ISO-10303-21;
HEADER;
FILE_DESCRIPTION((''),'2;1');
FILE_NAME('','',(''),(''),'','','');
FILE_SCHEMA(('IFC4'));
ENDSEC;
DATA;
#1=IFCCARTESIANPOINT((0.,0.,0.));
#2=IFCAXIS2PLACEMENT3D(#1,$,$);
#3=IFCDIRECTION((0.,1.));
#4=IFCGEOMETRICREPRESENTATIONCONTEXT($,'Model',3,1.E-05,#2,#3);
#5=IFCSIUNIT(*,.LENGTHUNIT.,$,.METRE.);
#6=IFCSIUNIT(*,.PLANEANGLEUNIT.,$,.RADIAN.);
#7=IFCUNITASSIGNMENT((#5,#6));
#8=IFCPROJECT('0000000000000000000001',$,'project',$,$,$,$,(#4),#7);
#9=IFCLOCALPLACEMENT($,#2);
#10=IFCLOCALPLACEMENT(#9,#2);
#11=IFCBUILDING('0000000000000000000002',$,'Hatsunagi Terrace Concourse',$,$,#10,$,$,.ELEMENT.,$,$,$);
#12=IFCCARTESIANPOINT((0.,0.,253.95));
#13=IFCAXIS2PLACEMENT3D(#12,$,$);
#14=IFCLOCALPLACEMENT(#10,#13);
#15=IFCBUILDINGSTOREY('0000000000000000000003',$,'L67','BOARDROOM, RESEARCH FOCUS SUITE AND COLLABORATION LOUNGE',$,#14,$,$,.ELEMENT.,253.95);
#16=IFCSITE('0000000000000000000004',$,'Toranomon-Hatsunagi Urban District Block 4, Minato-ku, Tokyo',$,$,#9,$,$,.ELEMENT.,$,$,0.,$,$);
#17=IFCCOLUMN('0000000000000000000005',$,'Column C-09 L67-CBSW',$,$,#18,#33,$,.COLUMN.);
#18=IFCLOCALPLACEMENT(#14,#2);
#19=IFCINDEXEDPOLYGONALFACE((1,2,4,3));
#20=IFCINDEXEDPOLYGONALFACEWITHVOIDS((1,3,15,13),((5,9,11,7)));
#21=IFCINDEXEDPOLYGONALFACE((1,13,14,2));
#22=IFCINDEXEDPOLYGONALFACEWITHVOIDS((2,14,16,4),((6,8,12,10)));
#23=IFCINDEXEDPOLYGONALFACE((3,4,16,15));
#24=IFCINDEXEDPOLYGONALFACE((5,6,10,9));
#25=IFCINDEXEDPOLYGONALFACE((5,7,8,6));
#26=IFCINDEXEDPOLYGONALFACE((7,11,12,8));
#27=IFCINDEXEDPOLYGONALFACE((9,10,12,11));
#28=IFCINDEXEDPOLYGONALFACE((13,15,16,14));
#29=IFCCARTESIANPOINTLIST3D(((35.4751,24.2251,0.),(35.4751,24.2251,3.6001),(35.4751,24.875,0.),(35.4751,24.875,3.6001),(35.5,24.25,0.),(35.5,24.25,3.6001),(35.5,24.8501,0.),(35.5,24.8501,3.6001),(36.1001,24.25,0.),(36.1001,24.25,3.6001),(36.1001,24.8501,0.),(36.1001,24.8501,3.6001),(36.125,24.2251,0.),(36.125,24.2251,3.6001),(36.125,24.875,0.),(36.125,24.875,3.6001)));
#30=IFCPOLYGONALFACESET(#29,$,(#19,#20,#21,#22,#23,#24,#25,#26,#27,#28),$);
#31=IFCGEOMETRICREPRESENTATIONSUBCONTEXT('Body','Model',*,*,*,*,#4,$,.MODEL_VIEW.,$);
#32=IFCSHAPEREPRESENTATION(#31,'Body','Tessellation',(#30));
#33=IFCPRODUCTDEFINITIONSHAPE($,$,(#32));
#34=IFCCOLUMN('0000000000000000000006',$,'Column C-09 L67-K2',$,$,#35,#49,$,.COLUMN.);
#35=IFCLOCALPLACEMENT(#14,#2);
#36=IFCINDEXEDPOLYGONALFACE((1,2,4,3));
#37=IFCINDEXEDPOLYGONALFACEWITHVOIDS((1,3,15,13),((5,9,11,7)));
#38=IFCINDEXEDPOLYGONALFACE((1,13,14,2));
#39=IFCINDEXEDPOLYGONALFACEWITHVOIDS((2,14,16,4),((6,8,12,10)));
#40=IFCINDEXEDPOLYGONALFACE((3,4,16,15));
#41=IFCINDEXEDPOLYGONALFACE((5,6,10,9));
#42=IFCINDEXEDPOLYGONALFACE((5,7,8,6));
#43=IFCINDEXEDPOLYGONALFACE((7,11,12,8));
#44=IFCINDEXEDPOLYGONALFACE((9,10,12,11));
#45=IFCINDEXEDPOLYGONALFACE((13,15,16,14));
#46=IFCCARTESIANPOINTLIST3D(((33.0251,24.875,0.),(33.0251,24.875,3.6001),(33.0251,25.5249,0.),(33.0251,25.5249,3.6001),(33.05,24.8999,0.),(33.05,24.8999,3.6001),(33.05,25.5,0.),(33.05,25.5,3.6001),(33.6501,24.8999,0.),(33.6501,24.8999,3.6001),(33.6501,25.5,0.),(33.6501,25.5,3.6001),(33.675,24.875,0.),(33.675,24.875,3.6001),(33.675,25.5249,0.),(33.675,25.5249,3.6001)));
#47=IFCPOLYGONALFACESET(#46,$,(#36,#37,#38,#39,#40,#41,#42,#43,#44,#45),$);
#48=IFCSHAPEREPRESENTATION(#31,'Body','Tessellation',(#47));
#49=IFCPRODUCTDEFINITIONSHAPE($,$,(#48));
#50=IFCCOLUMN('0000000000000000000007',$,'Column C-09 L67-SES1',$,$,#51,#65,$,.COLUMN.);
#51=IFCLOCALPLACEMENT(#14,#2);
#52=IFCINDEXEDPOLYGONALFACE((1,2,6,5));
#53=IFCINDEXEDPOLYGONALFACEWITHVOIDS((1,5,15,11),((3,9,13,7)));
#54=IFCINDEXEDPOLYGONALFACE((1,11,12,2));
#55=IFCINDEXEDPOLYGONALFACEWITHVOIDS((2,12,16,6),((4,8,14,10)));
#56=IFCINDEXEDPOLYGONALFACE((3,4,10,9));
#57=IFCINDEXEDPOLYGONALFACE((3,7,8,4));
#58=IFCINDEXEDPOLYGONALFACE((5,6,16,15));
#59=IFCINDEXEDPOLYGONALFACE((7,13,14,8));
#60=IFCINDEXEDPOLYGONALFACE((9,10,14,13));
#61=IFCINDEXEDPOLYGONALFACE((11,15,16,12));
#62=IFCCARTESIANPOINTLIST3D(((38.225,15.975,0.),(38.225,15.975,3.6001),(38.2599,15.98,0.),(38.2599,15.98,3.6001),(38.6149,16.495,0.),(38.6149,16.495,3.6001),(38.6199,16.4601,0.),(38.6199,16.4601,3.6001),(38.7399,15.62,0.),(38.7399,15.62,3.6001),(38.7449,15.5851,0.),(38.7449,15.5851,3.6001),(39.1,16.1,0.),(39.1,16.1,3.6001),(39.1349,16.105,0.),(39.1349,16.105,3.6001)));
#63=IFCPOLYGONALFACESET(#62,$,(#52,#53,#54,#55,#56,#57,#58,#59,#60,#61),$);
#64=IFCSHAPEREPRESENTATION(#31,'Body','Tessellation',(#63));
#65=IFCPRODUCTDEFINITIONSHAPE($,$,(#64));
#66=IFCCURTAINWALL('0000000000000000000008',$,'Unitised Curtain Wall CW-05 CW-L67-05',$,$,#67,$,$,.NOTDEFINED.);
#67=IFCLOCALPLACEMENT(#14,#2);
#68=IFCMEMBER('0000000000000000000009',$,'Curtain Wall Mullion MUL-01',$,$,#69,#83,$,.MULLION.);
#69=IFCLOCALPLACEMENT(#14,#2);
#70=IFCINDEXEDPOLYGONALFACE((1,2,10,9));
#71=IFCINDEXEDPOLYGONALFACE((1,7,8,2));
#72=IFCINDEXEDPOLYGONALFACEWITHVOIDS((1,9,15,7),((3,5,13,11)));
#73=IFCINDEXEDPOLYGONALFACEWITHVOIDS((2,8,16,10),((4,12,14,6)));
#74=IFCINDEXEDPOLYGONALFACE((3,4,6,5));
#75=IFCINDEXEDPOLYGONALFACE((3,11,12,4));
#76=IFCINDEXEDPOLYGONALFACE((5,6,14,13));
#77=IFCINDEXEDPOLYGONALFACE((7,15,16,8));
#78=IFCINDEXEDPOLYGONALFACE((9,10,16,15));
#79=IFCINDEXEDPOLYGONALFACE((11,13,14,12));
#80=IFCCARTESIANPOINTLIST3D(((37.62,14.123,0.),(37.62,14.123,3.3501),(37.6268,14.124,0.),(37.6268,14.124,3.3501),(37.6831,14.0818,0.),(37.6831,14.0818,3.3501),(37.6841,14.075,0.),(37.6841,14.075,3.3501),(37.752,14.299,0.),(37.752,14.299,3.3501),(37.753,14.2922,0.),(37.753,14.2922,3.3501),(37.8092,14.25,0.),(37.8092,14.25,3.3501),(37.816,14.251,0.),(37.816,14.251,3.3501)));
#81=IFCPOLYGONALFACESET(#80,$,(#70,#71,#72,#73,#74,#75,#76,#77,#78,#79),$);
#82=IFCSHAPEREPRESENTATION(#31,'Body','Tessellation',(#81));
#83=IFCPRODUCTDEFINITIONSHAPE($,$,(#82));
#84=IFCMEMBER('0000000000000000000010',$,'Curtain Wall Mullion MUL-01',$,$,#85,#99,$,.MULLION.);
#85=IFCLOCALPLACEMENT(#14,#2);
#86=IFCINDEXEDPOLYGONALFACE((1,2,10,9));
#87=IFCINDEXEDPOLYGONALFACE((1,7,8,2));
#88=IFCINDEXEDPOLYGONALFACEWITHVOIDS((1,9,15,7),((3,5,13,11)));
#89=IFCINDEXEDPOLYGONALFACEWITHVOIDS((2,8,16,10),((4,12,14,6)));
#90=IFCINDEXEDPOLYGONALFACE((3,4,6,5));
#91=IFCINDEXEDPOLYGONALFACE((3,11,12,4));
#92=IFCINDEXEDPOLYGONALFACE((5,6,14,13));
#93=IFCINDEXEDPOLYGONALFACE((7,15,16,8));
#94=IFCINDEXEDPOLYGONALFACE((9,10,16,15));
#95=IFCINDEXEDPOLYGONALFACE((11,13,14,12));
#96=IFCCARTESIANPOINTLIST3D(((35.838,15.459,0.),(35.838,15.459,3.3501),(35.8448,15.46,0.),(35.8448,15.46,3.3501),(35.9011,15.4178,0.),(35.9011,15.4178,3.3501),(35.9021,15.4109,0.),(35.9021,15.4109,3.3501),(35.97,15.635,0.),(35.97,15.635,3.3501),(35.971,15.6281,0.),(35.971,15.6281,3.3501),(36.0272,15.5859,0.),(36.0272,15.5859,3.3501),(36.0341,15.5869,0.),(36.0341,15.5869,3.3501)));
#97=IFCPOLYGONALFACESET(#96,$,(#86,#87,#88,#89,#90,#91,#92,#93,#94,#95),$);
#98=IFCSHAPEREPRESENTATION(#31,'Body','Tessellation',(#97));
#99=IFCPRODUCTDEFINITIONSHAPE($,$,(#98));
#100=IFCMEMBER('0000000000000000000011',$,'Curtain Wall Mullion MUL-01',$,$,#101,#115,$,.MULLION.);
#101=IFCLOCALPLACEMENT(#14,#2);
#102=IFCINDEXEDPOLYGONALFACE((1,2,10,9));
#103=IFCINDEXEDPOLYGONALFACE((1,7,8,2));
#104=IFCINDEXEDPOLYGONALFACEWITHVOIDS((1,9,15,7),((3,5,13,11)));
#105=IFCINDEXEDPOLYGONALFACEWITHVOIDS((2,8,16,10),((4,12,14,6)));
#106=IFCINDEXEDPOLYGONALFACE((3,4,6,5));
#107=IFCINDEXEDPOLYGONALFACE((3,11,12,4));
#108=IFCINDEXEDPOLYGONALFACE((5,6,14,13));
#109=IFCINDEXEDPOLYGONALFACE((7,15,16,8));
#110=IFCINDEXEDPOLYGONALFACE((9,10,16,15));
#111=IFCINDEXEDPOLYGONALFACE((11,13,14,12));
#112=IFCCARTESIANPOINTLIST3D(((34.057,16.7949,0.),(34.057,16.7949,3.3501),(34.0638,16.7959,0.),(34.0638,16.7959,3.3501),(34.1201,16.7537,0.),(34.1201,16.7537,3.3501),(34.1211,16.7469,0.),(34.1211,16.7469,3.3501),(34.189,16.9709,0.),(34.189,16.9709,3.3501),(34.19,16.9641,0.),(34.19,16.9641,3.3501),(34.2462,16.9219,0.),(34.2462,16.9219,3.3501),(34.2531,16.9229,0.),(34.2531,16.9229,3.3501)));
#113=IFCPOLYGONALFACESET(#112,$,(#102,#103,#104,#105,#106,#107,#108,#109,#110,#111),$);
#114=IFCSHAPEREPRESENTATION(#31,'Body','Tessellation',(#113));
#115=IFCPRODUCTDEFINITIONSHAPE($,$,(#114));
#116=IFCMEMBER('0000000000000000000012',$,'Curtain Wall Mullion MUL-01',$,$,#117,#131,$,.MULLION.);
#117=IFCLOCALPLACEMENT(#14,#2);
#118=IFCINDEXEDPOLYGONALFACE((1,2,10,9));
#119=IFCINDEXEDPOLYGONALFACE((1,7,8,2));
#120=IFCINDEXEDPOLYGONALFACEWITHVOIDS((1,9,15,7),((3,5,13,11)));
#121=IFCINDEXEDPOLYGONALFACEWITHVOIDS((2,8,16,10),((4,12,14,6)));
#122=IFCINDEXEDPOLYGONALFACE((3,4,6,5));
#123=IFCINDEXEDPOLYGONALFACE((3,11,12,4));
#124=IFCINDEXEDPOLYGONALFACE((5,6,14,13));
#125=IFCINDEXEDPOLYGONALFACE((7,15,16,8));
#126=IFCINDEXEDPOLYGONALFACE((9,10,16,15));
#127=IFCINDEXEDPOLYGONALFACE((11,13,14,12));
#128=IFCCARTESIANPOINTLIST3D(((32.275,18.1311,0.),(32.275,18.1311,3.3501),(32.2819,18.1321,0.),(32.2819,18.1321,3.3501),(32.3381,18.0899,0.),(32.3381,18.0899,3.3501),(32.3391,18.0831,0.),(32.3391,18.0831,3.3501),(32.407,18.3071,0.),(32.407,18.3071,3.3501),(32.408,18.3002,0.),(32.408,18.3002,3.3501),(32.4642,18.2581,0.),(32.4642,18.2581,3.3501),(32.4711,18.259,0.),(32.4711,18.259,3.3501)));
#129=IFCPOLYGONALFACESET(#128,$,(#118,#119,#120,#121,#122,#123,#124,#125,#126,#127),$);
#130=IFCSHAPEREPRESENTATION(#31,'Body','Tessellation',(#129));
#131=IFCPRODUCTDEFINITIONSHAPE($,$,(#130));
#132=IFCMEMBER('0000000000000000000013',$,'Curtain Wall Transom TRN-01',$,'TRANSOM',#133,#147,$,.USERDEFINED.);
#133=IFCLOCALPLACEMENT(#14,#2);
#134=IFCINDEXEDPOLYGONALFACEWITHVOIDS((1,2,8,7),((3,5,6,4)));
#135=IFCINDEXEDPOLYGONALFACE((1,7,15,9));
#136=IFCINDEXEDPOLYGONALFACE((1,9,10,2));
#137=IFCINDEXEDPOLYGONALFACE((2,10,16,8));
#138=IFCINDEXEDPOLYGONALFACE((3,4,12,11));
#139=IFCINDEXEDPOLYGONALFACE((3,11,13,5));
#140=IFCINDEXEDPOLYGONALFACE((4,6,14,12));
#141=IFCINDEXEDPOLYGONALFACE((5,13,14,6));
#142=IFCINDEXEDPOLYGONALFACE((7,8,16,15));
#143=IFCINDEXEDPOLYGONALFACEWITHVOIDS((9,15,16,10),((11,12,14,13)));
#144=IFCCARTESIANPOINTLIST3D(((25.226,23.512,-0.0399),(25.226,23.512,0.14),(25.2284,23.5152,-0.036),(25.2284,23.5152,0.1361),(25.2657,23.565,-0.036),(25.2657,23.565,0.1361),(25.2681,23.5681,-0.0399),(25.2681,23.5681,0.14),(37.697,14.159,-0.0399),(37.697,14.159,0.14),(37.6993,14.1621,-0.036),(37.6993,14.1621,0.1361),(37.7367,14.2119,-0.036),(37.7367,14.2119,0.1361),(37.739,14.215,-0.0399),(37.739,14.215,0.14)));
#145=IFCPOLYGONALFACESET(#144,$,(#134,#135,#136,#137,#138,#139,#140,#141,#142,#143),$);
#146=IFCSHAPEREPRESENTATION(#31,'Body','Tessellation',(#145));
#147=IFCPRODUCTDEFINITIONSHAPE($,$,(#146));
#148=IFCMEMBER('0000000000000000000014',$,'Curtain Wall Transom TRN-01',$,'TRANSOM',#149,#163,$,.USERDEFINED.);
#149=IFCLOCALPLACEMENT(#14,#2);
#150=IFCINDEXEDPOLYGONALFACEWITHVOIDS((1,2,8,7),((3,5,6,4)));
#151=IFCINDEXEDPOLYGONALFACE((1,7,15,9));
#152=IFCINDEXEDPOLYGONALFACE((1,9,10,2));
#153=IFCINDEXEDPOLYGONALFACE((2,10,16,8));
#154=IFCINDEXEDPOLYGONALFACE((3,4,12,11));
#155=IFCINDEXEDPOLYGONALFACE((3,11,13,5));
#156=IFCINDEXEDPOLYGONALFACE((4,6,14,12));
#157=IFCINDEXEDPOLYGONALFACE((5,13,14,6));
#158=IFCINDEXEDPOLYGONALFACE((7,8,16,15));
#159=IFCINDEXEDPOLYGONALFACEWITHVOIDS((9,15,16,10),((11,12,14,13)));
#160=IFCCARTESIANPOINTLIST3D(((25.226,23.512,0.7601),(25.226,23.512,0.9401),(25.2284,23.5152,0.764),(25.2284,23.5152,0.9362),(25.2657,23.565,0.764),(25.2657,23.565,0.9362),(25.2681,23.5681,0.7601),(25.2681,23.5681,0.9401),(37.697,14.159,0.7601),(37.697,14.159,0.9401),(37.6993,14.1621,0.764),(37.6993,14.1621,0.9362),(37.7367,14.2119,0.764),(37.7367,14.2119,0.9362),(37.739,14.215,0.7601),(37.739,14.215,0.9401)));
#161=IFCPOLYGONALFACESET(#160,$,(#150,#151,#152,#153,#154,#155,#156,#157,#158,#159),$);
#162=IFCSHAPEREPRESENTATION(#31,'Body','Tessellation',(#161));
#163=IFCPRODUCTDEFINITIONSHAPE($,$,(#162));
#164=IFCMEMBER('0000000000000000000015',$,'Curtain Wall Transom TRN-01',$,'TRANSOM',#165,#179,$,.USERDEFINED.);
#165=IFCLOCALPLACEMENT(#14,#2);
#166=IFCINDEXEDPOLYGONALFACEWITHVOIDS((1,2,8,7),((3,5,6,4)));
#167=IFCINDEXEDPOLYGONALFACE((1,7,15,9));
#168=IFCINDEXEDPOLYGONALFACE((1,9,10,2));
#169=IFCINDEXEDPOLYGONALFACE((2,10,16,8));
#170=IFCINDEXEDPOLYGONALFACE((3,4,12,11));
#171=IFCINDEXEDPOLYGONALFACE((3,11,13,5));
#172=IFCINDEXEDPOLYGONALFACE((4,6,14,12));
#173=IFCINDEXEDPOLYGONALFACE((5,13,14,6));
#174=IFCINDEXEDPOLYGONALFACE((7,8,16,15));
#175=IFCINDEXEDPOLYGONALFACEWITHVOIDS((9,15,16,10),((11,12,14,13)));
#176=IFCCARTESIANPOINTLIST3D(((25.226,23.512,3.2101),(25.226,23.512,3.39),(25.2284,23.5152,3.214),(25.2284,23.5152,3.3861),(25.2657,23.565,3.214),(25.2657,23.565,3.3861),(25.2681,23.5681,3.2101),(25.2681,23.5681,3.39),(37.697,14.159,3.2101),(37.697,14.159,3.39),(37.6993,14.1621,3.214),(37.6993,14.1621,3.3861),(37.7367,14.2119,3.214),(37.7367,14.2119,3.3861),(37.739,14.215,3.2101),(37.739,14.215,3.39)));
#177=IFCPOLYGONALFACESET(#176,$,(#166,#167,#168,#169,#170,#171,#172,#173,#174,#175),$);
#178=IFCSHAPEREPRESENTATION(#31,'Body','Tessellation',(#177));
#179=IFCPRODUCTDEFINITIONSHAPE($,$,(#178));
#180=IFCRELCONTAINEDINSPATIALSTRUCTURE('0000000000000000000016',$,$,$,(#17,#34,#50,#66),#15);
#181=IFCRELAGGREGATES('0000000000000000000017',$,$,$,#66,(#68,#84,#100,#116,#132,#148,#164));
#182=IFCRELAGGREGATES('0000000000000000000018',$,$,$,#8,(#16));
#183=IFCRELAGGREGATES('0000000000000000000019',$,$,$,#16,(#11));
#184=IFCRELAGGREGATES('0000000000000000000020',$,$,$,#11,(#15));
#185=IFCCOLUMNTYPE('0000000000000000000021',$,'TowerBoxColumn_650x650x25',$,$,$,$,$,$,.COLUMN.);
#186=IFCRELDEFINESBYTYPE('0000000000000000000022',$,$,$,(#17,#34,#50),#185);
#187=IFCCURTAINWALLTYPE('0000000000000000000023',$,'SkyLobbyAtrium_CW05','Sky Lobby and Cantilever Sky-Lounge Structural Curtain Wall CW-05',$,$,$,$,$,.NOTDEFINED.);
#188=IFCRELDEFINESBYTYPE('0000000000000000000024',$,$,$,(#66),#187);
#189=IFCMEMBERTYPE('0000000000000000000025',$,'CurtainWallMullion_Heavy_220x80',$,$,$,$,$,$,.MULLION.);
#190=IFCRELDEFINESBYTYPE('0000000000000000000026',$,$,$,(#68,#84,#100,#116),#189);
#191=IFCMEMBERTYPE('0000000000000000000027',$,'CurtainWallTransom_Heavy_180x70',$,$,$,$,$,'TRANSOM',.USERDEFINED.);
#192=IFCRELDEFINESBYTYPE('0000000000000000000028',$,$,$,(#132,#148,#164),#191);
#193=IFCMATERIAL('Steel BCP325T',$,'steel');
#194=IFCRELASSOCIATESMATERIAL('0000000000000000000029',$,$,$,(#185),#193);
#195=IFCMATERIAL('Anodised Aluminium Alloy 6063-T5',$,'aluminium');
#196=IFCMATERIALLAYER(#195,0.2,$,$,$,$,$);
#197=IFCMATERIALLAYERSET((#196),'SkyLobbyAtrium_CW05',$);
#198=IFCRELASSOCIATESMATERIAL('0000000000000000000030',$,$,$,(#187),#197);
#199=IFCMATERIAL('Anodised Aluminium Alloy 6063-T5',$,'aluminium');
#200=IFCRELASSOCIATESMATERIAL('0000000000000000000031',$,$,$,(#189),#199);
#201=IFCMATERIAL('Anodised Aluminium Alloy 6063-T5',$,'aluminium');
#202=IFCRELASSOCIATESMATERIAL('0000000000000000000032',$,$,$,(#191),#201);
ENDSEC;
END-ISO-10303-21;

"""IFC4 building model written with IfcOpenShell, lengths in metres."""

from ifc_helpers import new_model, si_unit, direction, frame, origin, origin_2d, place, context, subcontext, project, spatial, hollow_rectangle, extrude, material, layer, layer_set, material_profile, profile_set, type_object, element, aggregate, save


model = new_model("IFC4")

# Units and contexts
model_context = context("Model", 3, precision=1e-05, world=origin(), true_north=direction((0.0, 1.0)))
body_context = subcontext(model_context, "Body", "Model", "MODEL_VIEW")
ifc_project = project(units=[si_unit("LENGTHUNIT", "METRE"), si_unit("PLANEANGLEUNIT", "RADIAN")], contexts=[model_context])

# Site, building, storey
site_placement = place(None, origin())
site = spatial("IfcSite", under=ifc_project, at=site_placement, Name="Toranomon-Hatsunagi Urban District Block 4, Minato-ku, Tokyo", CompositionType="ELEMENT", RefElevation=0.0)
building_placement = place(site_placement, origin())
building = spatial("IfcBuilding", under=site, at=building_placement, Name="Hatsunagi Terrace Concourse", CompositionType="ELEMENT")
storey_placement = place(building_placement, frame((0.0, 0.0, 253.95)))
storey = spatial("IfcBuildingStorey", under=building, at=storey_placement, Name="L67", Description="BOARDROOM, RESEARCH FOCUS SUITE AND COLLABORATION LOUNGE", CompositionType="ELEMENT", Elevation=253.95)

# Columns
ifc_material_1 = material(Name="Steel BCP325T", Category="steel")
ifc_material_profile_1 = material_profile(ifc_material_1, hollow_rectangle(XDim=0.6499, YDim=0.6499, WallThickness=0.0249, at=origin_2d()), Name="BCP-650x650x25")
ifc_profile_set_1 = profile_set([ifc_material_profile_1], Name="Steel BCP325T")
column_type = type_object("IfcColumnType", Name="TowerBoxColumn_650x650x25", PredefinedType="COLUMN", material=ifc_profile_set_1)
for number, where, z_axis, x_axis, name in (
    (1, (35.8, 24.55, 0.0), (0.0, 0.0, 1.0), (1.0, 0.0, 0.0), "Column C-09 L67-CBSW"),
    (2, (33.3501, 25.2, 0.0), (0.0, 0.0, 1.0), (1.0, 0.0, 0.0), "Column C-09 L67-K2"),
    (3, (38.6799, 16.04, 0.0), (0.0, 0.0, 1.0), (0.8, -0.6, 0.0), "Column C-09 L67-SES1"),
):
    element("IfcColumn", number, at=place(storey_placement, frame(where, z_axis=z_axis, x_axis=x_axis)), inside=storey, type_object=column_type, Name=name, PredefinedType="COLUMN", context=body_context, shape_type="SweptSolid", body=[
        extrude(hollow_rectangle(XDim=0.6499, YDim=0.6499, WallThickness=0.0249, at=origin_2d()), origin(), (0.0, 0.0, 1.0), 3.6001),
    ])

# Curtain wall, members
ifc_material_2 = material(Name="Anodised Aluminium Alloy 6063-T5", Category="aluminium")
ifc_layer_1 = layer(ifc_material_2, 0.2)
ifc_layer_set_1 = layer_set([ifc_layer_1], Name="SkyLobbyAtrium_CW05")
curtain_wall_type = type_object("IfcCurtainWallType", Name="SkyLobbyAtrium_CW05", Description="Sky Lobby and Cantilever Sky-Lounge Structural Curtain Wall CW-05", PredefinedType="NOTDEFINED", material=ifc_layer_set_1)
curtain_wall_placement = place(storey_placement, origin())
curtain_wall = element("IfcCurtainWall", 4, at=curtain_wall_placement, inside=storey, type_object=curtain_wall_type, Name="Unitised Curtain Wall CW-05 CW-L67-05", PredefinedType="NOTDEFINED")
ifc_material_3 = material(Name="Anodised Aluminium Alloy 6063-T5", Category="aluminium")
ifc_material_profile_2 = material_profile(ifc_material_3, hollow_rectangle(XDim=0.0801, YDim=0.22, WallThickness=0.0049, at=origin_2d()), Name="ALU-MUL-220x80x5")
ifc_profile_set_2 = profile_set([ifc_material_profile_2], Name="Anodised Aluminium Alloy 6063-T5")
member_type_1 = type_object("IfcMemberType", Name="CurtainWallMullion_Heavy_220x80", PredefinedType="MULLION", material=ifc_profile_set_2)
member_1_placement = place(storey_placement, frame((37.718, 14.187, 0.0), z_axis=(0.0, 0.0, 1.0), x_axis=(-0.800007, 0.59999, 0.0)))
member_1 = element("IfcMember", 5, at=member_1_placement, type_object=member_type_1, Name="Curtain Wall Mullion MUL-01", PredefinedType="MULLION", context=body_context, shape_type="SweptSolid", body=[
    extrude(hollow_rectangle(XDim=0.0801, YDim=0.22, WallThickness=0.0049, at=origin_2d()), origin(), (0.0, 0.0, 1.0), 3.3501),
])
member_2_placement = place(storey_placement, frame((35.936, 15.5229, 0.0), z_axis=(0.0, 0.0, 1.0), x_axis=(-0.800007, 0.59999, 0.0)))
member_2 = element("IfcMember", 6, at=member_2_placement, type_object=member_type_1, Name="Curtain Wall Mullion MUL-01", PredefinedType="MULLION", context=body_context, shape_type="SweptSolid", body=[
    extrude(hollow_rectangle(XDim=0.0801, YDim=0.22, WallThickness=0.0049, at=origin_2d()), origin(), (0.0, 0.0, 1.0), 3.3501),
])
member_3_placement = place(storey_placement, frame((34.155, 16.8589, 0.0), z_axis=(0.0, 0.0, 1.0), x_axis=(-0.800007, 0.59999, 0.0)))
member_3 = element("IfcMember", 7, at=member_3_placement, type_object=member_type_1, Name="Curtain Wall Mullion MUL-01", PredefinedType="MULLION", context=body_context, shape_type="SweptSolid", body=[
    extrude(hollow_rectangle(XDim=0.0801, YDim=0.22, WallThickness=0.0049, at=origin_2d()), origin(), (0.0, 0.0, 1.0), 3.3501),
])
member_4_placement = place(storey_placement, frame((32.373, 18.1951, 0.0), z_axis=(0.0, 0.0, 1.0), x_axis=(-0.800007, 0.59999, 0.0)))
member_4 = element("IfcMember", 8, at=member_4_placement, type_object=member_type_1, Name="Curtain Wall Mullion MUL-01", PredefinedType="MULLION", context=body_context, shape_type="SweptSolid", body=[
    extrude(hollow_rectangle(XDim=0.0801, YDim=0.22, WallThickness=0.0049, at=origin_2d()), origin(), (0.0, 0.0, 1.0), 3.3501),
])
ifc_material_4 = material(Name="Anodised Aluminium Alloy 6063-T5", Category="aluminium")
ifc_material_profile_3 = material_profile(ifc_material_4, hollow_rectangle(XDim=0.0701, YDim=0.1799, WallThickness=0.0039, at=origin_2d()), Name="ALU-TRN-180x70x4")
ifc_profile_set_3 = profile_set([ifc_material_profile_3], Name="Anodised Aluminium Alloy 6063-T5")
member_type_2 = type_object("IfcMemberType", Name="CurtainWallTransom_Heavy_180x70", ElementType="TRANSOM", PredefinedType="USERDEFINED", material=ifc_profile_set_3)
member_5_placement = place(storey_placement, frame((37.718, 14.187, 0.05), z_axis=(-0.800006, 0.599992, 0.0), x_axis=(-0.599992, -0.800006, 0.0)))
member_5 = element("IfcMember", 9, at=member_5_placement, type_object=member_type_2, Name="Curtain Wall Transom TRN-01", ObjectType="TRANSOM", PredefinedType="USERDEFINED", context=body_context, shape_type="SweptSolid", body=[
    extrude(hollow_rectangle(XDim=0.0701, YDim=0.1799, WallThickness=0.0039, at=origin_2d()), origin(), (0.0, 0.0, 1.0), 15.5886),
])
member_6_placement = place(storey_placement, frame((37.718, 14.187, 0.8501), z_axis=(-0.800006, 0.599992, 0.0), x_axis=(-0.599992, -0.800006, 0.0)))
member_6 = element("IfcMember", 10, at=member_6_placement, type_object=member_type_2, Name="Curtain Wall Transom TRN-01", ObjectType="TRANSOM", PredefinedType="USERDEFINED", context=body_context, shape_type="SweptSolid", body=[
    extrude(hollow_rectangle(XDim=0.0701, YDim=0.1799, WallThickness=0.0039, at=origin_2d()), origin(), (0.0, 0.0, 1.0), 15.5886),
])
member_7_placement = place(storey_placement, frame((37.718, 14.187, 3.3), z_axis=(-0.800006, 0.599992, 0.0), x_axis=(-0.599992, -0.800006, 0.0)))
member_7 = element("IfcMember", 11, at=member_7_placement, type_object=member_type_2, Name="Curtain Wall Transom TRN-01", ObjectType="TRANSOM", PredefinedType="USERDEFINED", context=body_context, shape_type="SweptSolid", body=[
    extrude(hollow_rectangle(XDim=0.0701, YDim=0.1799, WallThickness=0.0039, at=origin_2d()), origin(), (0.0, 0.0, 1.0), 15.5886),
])

aggregate(curtain_wall, [member_1, member_2, member_3, member_4, member_5, member_6, member_7])

save(model, "model.ifc")
